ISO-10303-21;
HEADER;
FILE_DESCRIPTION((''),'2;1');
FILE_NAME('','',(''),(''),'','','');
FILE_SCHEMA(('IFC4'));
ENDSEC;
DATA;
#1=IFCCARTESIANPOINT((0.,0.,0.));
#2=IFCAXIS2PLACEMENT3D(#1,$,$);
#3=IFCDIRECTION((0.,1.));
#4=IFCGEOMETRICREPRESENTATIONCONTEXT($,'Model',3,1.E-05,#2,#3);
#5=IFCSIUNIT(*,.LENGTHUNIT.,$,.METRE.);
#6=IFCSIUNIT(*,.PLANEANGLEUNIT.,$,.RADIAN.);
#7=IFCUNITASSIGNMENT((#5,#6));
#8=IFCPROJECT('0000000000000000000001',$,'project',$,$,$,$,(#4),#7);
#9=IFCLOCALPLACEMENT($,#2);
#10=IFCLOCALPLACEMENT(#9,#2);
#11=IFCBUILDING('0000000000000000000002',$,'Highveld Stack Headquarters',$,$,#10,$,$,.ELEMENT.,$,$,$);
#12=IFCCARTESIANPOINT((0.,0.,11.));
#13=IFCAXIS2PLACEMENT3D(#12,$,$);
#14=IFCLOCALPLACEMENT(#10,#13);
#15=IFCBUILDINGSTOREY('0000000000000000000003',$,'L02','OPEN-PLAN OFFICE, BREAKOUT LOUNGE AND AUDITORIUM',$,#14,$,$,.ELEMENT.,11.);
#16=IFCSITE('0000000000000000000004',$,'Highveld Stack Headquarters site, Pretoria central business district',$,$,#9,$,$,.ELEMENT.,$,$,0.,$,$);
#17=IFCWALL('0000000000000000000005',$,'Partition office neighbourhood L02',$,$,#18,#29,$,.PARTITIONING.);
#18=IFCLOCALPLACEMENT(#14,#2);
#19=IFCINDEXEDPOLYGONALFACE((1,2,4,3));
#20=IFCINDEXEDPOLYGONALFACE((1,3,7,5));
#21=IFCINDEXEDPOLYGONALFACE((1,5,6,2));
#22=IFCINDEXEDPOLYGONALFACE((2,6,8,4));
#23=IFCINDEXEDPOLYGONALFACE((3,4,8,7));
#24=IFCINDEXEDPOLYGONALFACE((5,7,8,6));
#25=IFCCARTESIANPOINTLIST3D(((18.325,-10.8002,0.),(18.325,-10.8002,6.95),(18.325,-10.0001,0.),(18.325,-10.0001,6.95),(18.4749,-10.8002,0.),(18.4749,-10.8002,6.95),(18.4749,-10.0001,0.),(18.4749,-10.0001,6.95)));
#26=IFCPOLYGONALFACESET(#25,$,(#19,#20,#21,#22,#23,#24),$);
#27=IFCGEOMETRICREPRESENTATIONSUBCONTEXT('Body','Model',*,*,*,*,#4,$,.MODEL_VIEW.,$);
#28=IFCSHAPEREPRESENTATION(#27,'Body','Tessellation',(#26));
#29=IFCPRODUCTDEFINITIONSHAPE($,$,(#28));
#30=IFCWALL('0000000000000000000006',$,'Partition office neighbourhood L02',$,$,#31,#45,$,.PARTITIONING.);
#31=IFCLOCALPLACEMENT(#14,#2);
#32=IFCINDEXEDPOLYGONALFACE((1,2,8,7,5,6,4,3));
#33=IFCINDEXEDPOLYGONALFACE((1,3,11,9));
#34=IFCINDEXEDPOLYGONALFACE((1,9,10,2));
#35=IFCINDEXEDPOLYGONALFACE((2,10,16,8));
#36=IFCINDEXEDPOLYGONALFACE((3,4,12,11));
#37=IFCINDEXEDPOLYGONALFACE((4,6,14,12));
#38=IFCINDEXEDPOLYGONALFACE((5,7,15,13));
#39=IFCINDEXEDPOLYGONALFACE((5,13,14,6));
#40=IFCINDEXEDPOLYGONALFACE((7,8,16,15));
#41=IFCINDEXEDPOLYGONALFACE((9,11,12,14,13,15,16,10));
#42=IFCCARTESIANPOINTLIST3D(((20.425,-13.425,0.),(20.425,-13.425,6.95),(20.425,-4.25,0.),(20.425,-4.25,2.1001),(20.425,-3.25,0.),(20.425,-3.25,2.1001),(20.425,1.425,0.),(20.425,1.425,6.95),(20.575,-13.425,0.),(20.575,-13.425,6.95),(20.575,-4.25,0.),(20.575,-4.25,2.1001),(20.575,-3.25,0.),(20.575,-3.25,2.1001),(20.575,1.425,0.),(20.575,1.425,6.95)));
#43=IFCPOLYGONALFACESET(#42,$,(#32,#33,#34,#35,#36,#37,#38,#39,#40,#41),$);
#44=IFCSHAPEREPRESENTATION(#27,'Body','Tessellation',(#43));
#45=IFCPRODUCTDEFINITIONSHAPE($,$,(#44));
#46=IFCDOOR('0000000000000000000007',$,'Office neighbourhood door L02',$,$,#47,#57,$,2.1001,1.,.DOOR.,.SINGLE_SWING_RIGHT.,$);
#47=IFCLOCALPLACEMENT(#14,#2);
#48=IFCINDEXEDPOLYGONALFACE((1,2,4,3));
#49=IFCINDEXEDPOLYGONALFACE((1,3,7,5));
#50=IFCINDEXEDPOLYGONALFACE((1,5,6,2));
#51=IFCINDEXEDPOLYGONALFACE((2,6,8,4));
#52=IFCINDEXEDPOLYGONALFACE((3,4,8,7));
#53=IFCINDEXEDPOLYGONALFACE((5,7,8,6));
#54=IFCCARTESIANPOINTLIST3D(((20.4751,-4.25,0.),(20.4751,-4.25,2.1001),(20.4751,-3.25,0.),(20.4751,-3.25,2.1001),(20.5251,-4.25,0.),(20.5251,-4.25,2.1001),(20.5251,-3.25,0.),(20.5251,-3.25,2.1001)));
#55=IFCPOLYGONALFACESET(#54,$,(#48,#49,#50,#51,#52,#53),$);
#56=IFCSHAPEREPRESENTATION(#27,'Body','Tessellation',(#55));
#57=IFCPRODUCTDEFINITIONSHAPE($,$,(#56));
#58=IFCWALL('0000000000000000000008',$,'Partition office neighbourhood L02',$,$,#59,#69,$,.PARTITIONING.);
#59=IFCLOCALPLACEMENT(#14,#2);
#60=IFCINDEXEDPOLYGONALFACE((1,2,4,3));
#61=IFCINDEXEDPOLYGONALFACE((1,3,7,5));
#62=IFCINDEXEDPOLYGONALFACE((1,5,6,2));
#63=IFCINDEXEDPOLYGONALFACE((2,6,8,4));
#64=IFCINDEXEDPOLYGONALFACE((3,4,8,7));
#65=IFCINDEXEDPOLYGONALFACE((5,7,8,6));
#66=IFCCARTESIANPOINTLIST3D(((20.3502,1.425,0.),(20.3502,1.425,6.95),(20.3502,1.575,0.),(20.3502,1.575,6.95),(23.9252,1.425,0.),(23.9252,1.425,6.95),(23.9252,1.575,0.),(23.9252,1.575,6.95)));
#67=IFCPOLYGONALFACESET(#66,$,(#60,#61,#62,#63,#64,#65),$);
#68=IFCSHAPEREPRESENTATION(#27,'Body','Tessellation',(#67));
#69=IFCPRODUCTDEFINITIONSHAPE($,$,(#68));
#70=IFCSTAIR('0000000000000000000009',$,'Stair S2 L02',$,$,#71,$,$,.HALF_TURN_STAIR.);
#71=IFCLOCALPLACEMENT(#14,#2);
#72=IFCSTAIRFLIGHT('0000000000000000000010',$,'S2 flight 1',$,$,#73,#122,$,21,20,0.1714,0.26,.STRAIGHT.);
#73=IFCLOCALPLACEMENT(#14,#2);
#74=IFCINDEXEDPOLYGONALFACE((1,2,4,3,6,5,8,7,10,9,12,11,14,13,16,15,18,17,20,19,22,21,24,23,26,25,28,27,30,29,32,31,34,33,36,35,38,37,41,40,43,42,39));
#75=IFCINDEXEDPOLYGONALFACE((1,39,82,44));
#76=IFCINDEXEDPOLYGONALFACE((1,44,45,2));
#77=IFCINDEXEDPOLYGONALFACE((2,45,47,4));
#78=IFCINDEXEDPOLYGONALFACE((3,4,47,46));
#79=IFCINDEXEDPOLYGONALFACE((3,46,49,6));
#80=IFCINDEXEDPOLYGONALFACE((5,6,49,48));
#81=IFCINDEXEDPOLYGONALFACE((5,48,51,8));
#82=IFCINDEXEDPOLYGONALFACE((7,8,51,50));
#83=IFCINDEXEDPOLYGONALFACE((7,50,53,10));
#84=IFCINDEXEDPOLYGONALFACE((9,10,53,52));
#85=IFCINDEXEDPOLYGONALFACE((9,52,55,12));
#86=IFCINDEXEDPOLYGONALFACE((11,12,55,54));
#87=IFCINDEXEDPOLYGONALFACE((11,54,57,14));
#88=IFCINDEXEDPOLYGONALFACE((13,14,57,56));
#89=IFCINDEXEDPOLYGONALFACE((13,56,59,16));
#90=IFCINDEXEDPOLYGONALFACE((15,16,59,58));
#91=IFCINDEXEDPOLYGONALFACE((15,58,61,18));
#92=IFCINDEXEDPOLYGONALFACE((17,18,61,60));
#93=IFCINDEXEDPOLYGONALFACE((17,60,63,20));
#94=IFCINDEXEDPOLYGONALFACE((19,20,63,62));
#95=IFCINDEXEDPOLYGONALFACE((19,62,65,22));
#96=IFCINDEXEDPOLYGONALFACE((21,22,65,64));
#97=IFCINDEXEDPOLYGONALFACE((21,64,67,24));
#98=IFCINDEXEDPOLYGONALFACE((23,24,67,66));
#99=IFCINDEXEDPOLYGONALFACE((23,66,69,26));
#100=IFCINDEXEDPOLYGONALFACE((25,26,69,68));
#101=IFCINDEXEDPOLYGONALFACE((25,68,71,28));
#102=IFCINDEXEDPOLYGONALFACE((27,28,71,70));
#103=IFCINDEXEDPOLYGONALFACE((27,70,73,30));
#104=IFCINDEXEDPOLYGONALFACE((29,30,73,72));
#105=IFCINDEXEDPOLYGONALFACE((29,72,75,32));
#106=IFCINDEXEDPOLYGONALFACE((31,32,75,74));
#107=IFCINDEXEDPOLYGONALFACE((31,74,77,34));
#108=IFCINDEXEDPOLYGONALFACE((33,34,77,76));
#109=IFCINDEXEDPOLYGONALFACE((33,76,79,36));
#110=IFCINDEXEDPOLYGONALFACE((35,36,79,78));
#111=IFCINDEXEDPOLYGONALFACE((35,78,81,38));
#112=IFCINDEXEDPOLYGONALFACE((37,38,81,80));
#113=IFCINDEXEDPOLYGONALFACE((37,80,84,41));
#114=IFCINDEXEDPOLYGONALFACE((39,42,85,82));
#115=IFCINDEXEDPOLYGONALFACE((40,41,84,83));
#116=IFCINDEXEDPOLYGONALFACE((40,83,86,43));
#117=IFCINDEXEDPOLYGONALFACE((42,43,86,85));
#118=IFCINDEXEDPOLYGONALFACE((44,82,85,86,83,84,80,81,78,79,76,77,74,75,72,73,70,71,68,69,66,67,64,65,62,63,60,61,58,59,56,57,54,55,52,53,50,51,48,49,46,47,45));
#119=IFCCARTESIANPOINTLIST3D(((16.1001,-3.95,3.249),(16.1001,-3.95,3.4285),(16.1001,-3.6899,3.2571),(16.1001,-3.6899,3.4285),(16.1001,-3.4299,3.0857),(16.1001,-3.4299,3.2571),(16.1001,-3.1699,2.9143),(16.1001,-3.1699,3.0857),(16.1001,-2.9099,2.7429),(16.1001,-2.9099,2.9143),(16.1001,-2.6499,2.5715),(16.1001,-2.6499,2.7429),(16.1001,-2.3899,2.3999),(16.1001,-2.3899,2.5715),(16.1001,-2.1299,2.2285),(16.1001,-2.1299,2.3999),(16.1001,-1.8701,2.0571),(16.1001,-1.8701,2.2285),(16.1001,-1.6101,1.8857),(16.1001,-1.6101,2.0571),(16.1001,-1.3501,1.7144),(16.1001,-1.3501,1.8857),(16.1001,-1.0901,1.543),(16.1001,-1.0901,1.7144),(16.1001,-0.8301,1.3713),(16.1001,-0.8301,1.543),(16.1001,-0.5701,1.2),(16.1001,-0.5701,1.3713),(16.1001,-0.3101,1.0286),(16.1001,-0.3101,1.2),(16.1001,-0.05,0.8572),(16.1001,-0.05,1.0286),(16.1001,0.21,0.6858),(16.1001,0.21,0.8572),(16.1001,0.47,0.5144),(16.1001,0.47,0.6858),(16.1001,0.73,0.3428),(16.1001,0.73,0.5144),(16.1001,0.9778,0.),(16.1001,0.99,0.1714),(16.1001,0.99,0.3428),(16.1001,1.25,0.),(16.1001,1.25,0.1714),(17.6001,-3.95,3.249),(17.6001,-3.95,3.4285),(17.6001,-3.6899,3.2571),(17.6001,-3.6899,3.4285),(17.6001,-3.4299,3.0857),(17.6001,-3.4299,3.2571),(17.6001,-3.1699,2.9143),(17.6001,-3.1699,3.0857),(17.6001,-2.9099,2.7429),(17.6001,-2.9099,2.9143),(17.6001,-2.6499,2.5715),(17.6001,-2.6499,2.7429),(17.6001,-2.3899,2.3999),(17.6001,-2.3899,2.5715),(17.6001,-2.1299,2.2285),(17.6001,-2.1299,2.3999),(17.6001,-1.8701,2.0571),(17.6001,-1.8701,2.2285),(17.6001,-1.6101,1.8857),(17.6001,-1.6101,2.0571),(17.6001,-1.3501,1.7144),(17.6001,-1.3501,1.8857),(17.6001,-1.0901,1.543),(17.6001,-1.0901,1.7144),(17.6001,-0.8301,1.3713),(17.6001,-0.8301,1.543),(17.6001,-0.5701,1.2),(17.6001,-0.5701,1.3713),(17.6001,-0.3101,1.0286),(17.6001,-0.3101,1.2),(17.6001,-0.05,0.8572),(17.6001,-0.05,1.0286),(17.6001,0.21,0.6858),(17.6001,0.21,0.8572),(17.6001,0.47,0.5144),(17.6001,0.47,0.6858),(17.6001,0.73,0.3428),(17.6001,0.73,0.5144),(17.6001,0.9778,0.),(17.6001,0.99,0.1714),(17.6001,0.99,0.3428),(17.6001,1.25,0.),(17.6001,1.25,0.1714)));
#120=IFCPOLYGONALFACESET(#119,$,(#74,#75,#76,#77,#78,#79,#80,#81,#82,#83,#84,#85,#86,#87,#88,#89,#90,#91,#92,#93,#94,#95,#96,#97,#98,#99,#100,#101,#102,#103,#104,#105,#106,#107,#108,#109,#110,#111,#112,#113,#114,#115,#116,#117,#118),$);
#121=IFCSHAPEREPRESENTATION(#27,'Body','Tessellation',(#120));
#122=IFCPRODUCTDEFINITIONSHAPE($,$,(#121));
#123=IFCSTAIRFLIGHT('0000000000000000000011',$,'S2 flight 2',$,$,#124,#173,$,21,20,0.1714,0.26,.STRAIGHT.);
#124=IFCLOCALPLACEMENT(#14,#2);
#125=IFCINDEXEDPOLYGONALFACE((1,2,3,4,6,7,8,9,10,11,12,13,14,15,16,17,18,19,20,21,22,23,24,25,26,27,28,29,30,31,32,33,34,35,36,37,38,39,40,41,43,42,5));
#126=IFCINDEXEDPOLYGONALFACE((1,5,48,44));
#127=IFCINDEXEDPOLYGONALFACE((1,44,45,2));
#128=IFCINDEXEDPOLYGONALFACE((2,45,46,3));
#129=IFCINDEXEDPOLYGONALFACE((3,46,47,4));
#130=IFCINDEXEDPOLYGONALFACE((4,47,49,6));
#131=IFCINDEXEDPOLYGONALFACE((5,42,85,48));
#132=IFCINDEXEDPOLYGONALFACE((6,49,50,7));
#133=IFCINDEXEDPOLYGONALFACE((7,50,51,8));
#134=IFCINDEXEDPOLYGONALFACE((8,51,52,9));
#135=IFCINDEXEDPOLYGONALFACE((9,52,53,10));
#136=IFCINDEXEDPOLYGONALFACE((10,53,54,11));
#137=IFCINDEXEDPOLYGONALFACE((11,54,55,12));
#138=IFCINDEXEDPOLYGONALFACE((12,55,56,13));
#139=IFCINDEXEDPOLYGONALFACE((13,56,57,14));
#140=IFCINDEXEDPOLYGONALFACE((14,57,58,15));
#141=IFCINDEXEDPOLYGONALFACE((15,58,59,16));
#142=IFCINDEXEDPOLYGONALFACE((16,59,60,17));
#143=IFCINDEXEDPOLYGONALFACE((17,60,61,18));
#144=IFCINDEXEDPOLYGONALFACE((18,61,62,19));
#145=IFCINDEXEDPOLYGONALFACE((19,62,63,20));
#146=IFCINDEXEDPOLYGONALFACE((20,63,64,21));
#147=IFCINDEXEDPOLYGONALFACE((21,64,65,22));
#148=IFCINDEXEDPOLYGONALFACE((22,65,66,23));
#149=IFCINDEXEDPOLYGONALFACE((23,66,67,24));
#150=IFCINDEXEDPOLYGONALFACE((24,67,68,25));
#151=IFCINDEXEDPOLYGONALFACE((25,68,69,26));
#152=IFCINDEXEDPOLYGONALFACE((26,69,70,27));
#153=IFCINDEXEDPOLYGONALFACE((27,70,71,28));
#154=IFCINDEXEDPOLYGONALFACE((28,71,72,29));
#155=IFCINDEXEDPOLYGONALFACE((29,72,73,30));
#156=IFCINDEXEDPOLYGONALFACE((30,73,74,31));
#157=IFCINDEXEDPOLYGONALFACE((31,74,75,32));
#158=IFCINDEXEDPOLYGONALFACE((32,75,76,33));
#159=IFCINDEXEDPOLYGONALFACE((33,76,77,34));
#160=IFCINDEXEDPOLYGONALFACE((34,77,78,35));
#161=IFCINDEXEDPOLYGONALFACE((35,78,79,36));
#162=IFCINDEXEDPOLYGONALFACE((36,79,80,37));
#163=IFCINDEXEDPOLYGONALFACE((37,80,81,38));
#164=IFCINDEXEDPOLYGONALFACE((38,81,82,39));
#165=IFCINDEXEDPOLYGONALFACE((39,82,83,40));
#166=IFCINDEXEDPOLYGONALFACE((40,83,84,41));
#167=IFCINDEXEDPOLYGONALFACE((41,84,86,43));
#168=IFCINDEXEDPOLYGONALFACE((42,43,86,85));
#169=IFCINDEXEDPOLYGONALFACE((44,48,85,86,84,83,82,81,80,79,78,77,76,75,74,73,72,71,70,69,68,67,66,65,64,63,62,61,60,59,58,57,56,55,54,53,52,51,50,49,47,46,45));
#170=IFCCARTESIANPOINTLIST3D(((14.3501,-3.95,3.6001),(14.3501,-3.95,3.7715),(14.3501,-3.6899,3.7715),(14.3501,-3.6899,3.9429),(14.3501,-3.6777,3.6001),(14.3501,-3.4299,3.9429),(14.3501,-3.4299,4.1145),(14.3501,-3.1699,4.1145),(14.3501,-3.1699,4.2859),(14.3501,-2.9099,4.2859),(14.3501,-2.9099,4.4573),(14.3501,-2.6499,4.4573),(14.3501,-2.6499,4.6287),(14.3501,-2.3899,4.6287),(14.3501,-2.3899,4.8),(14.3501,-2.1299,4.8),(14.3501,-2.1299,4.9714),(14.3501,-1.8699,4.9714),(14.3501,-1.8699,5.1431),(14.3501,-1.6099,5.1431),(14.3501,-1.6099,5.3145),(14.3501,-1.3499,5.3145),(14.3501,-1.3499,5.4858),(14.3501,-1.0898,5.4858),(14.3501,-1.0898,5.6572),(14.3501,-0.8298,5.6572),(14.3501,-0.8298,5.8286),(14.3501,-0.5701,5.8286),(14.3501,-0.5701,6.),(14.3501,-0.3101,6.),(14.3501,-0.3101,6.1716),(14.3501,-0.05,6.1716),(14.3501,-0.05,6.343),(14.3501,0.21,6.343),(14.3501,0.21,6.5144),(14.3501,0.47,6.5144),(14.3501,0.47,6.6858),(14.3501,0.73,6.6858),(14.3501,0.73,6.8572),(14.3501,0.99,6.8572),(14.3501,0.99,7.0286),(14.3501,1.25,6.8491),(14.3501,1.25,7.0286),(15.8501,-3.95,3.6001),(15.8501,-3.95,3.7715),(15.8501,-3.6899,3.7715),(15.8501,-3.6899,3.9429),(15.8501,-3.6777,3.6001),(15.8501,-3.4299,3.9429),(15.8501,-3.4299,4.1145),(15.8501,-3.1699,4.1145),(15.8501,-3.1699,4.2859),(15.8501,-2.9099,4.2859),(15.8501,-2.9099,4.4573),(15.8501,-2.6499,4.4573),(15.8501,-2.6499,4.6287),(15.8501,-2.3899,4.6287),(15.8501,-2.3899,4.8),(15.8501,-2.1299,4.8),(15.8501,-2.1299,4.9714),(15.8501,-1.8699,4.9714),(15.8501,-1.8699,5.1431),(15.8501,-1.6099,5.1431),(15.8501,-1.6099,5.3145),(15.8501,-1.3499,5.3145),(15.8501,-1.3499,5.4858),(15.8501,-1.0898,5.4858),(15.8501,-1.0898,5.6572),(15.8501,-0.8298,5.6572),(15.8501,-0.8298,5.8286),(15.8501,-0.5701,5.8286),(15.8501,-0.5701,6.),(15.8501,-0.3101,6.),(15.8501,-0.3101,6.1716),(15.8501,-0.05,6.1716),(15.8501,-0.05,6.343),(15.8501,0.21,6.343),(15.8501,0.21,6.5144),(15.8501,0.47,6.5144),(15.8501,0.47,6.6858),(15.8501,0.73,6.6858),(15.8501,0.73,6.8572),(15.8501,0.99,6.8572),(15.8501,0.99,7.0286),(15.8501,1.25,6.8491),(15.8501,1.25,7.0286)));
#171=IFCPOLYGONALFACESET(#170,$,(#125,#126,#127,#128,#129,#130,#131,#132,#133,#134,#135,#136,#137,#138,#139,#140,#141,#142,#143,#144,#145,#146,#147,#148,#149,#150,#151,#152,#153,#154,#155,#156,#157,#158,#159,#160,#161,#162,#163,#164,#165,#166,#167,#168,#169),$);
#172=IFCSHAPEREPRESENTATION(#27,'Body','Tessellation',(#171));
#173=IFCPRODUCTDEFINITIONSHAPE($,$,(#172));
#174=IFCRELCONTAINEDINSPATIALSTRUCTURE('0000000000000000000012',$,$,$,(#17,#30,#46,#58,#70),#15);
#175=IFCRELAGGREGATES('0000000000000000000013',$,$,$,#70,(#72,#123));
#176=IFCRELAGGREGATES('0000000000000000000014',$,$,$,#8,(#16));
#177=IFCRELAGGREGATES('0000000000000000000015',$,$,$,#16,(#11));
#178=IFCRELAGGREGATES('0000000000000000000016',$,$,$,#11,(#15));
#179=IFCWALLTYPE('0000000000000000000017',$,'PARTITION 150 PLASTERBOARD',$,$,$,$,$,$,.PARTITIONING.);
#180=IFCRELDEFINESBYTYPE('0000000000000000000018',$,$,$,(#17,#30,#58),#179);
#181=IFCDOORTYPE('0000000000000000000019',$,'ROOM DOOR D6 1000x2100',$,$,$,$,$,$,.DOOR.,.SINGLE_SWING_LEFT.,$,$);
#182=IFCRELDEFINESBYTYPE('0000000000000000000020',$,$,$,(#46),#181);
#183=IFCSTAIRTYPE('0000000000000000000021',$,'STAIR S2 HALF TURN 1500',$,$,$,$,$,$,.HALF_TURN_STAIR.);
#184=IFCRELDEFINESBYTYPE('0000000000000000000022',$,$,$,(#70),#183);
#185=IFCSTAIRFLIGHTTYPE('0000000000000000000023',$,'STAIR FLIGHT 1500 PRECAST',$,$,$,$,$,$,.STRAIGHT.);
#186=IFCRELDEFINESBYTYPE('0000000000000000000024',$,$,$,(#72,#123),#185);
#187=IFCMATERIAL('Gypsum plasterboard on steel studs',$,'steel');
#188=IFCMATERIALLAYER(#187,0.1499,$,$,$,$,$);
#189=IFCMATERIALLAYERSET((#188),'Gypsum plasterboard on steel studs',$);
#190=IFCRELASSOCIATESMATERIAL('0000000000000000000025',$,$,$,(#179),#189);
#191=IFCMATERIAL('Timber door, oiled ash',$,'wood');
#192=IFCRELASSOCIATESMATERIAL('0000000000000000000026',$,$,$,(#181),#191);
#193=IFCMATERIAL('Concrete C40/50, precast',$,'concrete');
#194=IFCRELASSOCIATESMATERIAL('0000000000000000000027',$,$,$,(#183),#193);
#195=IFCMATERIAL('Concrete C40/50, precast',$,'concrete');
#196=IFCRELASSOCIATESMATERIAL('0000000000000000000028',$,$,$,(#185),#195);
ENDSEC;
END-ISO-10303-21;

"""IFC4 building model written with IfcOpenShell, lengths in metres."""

from ifc_helpers import new_model, si_unit, direction, frame, frame_2d, origin, place, context, subcontext, project, spatial, polyline, rectangle, outline, extrude, material, layer, layer_set, type_object, element, fill, aggregate, save


model = new_model("IFC4")

# Units and contexts
model_context = context("Model", 3, precision=1e-05, world=origin(), true_north=direction((0.0, 1.0)))
body_context = subcontext(model_context, "Body", "Model", "MODEL_VIEW")
ifc_project = project(units=[si_unit("LENGTHUNIT", "METRE"), si_unit("PLANEANGLEUNIT", "RADIAN")], contexts=[model_context])

# Site, building, storey
site_placement = place(None, origin())
site = spatial("IfcSite", under=ifc_project, at=site_placement, Name="Highveld Stack Headquarters site, Pretoria central business district", CompositionType="ELEMENT", RefElevation=0.0)
building_placement = place(site_placement, origin())
building = spatial("IfcBuilding", under=site, at=building_placement, Name="Highveld Stack Headquarters", CompositionType="ELEMENT")
storey_placement = place(building_placement, frame((0.0, 0.0, 11.0)))
storey = spatial("IfcBuildingStorey", under=building, at=storey_placement, Name="L02", Description="OPEN-PLAN OFFICE, BREAKOUT LOUNGE AND AUDITORIUM", CompositionType="ELEMENT", Elevation=11.0)

# Shared definitions
ifc_material_1 = material(Name="Gypsum plasterboard on steel studs", Category="steel")
ifc_layer_1 = layer(ifc_material_1, 0.1499)
ifc_layer_set_1 = layer_set([ifc_layer_1], Name="Gypsum plasterboard on steel studs")
wall_type_1 = type_object("IfcWallType", Name="PARTITION 150 PLASTERBOARD", PredefinedType="PARTITIONING", material=ifc_layer_set_1)
ifc_material_2 = material(Name="Timber door, oiled ash", Category="wood")
door_type_1 = type_object("IfcDoorType", Name="ROOM DOOR D6 1000x2100", OperationType="SINGLE_SWING_LEFT", PredefinedType="DOOR", material=ifc_material_2)

# Wall
wall_1_placement = place(storey_placement, frame((18.3999, -10.8, 0.0), z_axis=(0.0, 0.0, 1.0), x_axis=(0.0, 1.0, 0.0)))
element("IfcWall", 1, at=wall_1_placement, inside=storey, type_object=wall_type_1, Name="Partition office neighbourhood L02", PredefinedType="PARTITIONING", context=body_context, shape_type="SweptSolid", body=[
    extrude(rectangle(XDim=0.8, YDim=0.1499, at=frame_2d((0.3999, 0.0))), origin(), (0.0, 0.0, 1.0), 6.95),
])

# Wall, opening, door
wall_2_placement = place(storey_placement, frame((20.5, -13.425, 0.0), z_axis=(0.0, 0.0, 1.0), x_axis=(0.0, 1.0, 0.0)))
wall_2 = element("IfcWall", 2, at=wall_2_placement, inside=storey, type_object=wall_type_1, Name="Partition office neighbourhood L02", PredefinedType="PARTITIONING", context=body_context, shape_type="SweptSolid", body=[
    extrude(rectangle(XDim=14.8501, YDim=0.1499, at=frame_2d((7.425, 0.0))), origin(), (0.0, 0.0, 1.0), 6.95),
])
opening_1_placement = place(wall_2_placement, frame((9.175, 0.0, 0.0)))
opening_1 = element("IfcOpeningElement", 3, at=opening_1_placement, cuts=wall_2, PredefinedType="OPENING", context=body_context, shape_type="SweptSolid", body=[
    extrude(rectangle(XDim=1.0, YDim=2.1001, at=frame_2d((0.5, 1.05))), frame((0.0, 0.085, 0.0), z_axis=(0.0, -1.0, 0.0), x_axis=(1.0, 0.0, 0.0)), (0.0, 0.0, 1.0), 0.1699),
])
door_1_placement = place(opening_1_placement, origin())
door_1 = element("IfcDoor", 4, at=door_1_placement, inside=storey, type_object=door_type_1, Name="Office neighbourhood door L02", OperationType="SINGLE_SWING_RIGHT", OverallHeight=2.1001, OverallWidth=1.0, PredefinedType="DOOR", context=body_context, shape_type="SweptSolid", body=[
    extrude(rectangle(XDim=1.0, YDim=2.1001, at=frame_2d((0.5, 1.05))), frame((0.0, 0.0249, 0.0), z_axis=(0.0, -1.0, 0.0), x_axis=(1.0, 0.0, 0.0)), (0.0, 0.0, 1.0), 0.05),
])
fill(opening_1, door_1)

# Wall
wall_3_placement = place(storey_placement, frame((20.3501, 1.5, 0.0), z_axis=(0.0, 0.0, 1.0), x_axis=(1.0, 0.0, 0.0)))
element("IfcWall", 5, at=wall_3_placement, inside=storey, type_object=wall_type_1, Name="Partition office neighbourhood L02", PredefinedType="PARTITIONING", context=body_context, shape_type="SweptSolid", body=[
    extrude(rectangle(XDim=3.575, YDim=0.1499, at=frame_2d((1.7876, 0.0))), origin(), (0.0, 0.0, 1.0), 6.95),
])

# Stair, stair flights
ifc_material_3 = material(Name="Concrete C40/50, precast", Category="concrete")
stair_type = type_object("IfcStairType", Name="STAIR S2 HALF TURN 1500", PredefinedType="HALF_TURN_STAIR", material=ifc_material_3)
stair_placement = place(storey_placement, origin())
stair = element("IfcStair", 6, at=stair_placement, inside=storey, type_object=stair_type, Name="Stair S2 L02", PredefinedType="HALF_TURN_STAIR")
ifc_material_4 = material(Name="Concrete C40/50, precast", Category="concrete")
stair_flight_type = type_object("IfcStairFlightType", Name="STAIR FLIGHT 1500 PRECAST", PredefinedType="STRAIGHT", material=ifc_material_4)
stair_flight_1_placement = place(storey_placement, frame((16.8501, 1.25, 0.0), z_axis=(0.0, 0.0, 1.0), x_axis=(0.0, -1.0, 0.0)))
stair_flight_1 = element("IfcStairFlight", 7, at=stair_flight_1_placement, type_object=stair_flight_type, Name="S2 flight 1", NumberOfRisers=21, NumberOfTreads=20, PredefinedType="STRAIGHT", RiserHeight=0.1714, TreadLength=0.26, context=body_context, shape_type="SweptSolid", body=[
    extrude(outline(polyline([(0.0, 0.0), (0.0, 0.1714), (0.26, 0.1714), (0.26, 0.3428), (0.52, 0.3428), (0.52, 0.5144), (0.78, 0.5144), (0.78, 0.6858), (1.04, 0.6858), (1.04, 0.8572), (1.3, 0.8572), (1.3, 1.0286), (1.5601, 1.0286), (1.5601, 1.2), (1.8201, 1.2), (1.8201, 1.3713), (2.0801, 1.3713), (2.0801, 1.543), (2.3401, 1.543), (2.3401, 1.7144), (2.6001, 1.7144), (2.6001, 1.8857), (2.8601, 1.8857), (2.8601, 2.0571), (3.1201, 2.0571), (3.1201, 2.2285), (3.3799, 2.2285), (3.3799, 2.3999), (3.6399, 2.3999), (3.6399, 2.5715), (3.8999, 2.5715), (3.8999, 2.7429), (4.1599, 2.7429), (4.1599, 2.9143), (4.4199, 2.9143), (4.4199, 3.0857), (4.6799, 3.0857), (4.6799, 3.2571), (4.9399, 3.2571), (4.9399, 3.4285), (5.2, 3.4285), (5.2, 3.6001), (5.2, 3.249), (0.2722, 0.0), (0.0, 0.0)])), frame((0.0, 0.75, 0.0), z_axis=(0.0, -1.0, 0.0), x_axis=(1.0, 0.0, 0.0)), (0.0, 0.0, 1.0), 1.5),
])
stair_flight_2_placement = place(storey_placement, frame((15.1001, -3.95, 3.6001), z_axis=(0.0, 0.0, 1.0), x_axis=(0.0, 1.0, 0.0)))
stair_flight_2 = element("IfcStairFlight", 8, at=stair_flight_2_placement, type_object=stair_flight_type, Name="S2 flight 2", NumberOfRisers=21, NumberOfTreads=20, PredefinedType="STRAIGHT", RiserHeight=0.1714, TreadLength=0.26, context=body_context, shape_type="SweptSolid", body=[
    extrude(outline(polyline([(0.0, 0.0), (0.0, 0.1714), (0.26, 0.1714), (0.26, 0.3428), (0.52, 0.3428), (0.52, 0.5144), (0.78, 0.5144), (0.78, 0.6858), (1.04, 0.6858), (1.04, 0.8572), (1.3, 0.8572), (1.3, 1.0286), (1.5601, 1.0286), (1.5601, 1.2), (1.8201, 1.2), (1.8201, 1.3713), (2.0801, 1.3713), (2.0801, 1.543), (2.3401, 1.543), (2.3401, 1.7144), (2.6001, 1.7144), (2.6001, 1.8857), (2.8601, 1.8857), (2.8601, 2.0571), (3.1201, 2.0571), (3.1201, 2.2285), (3.3799, 2.2285), (3.3799, 2.3999), (3.6399, 2.3999), (3.6399, 2.5715), (3.8999, 2.5715), (3.8999, 2.7429), (4.1599, 2.7429), (4.1599, 2.9143), (4.4199, 2.9143), (4.4199, 3.0857), (4.6799, 3.0857), (4.6799, 3.2571), (4.9399, 3.2571), (4.9399, 3.4285), (5.2, 3.4285), (5.2, 3.6001), (5.2, 3.249), (0.2722, 0.0), (0.0, 0.0)])), frame((0.0, 0.75, 0.0), z_axis=(0.0, -1.0, 0.0), x_axis=(1.0, 0.0, 0.0)), (0.0, 0.0, 1.0), 1.5),
])
aggregate(stair, [stair_flight_1, stair_flight_2])

save(model, "model.ifc")
